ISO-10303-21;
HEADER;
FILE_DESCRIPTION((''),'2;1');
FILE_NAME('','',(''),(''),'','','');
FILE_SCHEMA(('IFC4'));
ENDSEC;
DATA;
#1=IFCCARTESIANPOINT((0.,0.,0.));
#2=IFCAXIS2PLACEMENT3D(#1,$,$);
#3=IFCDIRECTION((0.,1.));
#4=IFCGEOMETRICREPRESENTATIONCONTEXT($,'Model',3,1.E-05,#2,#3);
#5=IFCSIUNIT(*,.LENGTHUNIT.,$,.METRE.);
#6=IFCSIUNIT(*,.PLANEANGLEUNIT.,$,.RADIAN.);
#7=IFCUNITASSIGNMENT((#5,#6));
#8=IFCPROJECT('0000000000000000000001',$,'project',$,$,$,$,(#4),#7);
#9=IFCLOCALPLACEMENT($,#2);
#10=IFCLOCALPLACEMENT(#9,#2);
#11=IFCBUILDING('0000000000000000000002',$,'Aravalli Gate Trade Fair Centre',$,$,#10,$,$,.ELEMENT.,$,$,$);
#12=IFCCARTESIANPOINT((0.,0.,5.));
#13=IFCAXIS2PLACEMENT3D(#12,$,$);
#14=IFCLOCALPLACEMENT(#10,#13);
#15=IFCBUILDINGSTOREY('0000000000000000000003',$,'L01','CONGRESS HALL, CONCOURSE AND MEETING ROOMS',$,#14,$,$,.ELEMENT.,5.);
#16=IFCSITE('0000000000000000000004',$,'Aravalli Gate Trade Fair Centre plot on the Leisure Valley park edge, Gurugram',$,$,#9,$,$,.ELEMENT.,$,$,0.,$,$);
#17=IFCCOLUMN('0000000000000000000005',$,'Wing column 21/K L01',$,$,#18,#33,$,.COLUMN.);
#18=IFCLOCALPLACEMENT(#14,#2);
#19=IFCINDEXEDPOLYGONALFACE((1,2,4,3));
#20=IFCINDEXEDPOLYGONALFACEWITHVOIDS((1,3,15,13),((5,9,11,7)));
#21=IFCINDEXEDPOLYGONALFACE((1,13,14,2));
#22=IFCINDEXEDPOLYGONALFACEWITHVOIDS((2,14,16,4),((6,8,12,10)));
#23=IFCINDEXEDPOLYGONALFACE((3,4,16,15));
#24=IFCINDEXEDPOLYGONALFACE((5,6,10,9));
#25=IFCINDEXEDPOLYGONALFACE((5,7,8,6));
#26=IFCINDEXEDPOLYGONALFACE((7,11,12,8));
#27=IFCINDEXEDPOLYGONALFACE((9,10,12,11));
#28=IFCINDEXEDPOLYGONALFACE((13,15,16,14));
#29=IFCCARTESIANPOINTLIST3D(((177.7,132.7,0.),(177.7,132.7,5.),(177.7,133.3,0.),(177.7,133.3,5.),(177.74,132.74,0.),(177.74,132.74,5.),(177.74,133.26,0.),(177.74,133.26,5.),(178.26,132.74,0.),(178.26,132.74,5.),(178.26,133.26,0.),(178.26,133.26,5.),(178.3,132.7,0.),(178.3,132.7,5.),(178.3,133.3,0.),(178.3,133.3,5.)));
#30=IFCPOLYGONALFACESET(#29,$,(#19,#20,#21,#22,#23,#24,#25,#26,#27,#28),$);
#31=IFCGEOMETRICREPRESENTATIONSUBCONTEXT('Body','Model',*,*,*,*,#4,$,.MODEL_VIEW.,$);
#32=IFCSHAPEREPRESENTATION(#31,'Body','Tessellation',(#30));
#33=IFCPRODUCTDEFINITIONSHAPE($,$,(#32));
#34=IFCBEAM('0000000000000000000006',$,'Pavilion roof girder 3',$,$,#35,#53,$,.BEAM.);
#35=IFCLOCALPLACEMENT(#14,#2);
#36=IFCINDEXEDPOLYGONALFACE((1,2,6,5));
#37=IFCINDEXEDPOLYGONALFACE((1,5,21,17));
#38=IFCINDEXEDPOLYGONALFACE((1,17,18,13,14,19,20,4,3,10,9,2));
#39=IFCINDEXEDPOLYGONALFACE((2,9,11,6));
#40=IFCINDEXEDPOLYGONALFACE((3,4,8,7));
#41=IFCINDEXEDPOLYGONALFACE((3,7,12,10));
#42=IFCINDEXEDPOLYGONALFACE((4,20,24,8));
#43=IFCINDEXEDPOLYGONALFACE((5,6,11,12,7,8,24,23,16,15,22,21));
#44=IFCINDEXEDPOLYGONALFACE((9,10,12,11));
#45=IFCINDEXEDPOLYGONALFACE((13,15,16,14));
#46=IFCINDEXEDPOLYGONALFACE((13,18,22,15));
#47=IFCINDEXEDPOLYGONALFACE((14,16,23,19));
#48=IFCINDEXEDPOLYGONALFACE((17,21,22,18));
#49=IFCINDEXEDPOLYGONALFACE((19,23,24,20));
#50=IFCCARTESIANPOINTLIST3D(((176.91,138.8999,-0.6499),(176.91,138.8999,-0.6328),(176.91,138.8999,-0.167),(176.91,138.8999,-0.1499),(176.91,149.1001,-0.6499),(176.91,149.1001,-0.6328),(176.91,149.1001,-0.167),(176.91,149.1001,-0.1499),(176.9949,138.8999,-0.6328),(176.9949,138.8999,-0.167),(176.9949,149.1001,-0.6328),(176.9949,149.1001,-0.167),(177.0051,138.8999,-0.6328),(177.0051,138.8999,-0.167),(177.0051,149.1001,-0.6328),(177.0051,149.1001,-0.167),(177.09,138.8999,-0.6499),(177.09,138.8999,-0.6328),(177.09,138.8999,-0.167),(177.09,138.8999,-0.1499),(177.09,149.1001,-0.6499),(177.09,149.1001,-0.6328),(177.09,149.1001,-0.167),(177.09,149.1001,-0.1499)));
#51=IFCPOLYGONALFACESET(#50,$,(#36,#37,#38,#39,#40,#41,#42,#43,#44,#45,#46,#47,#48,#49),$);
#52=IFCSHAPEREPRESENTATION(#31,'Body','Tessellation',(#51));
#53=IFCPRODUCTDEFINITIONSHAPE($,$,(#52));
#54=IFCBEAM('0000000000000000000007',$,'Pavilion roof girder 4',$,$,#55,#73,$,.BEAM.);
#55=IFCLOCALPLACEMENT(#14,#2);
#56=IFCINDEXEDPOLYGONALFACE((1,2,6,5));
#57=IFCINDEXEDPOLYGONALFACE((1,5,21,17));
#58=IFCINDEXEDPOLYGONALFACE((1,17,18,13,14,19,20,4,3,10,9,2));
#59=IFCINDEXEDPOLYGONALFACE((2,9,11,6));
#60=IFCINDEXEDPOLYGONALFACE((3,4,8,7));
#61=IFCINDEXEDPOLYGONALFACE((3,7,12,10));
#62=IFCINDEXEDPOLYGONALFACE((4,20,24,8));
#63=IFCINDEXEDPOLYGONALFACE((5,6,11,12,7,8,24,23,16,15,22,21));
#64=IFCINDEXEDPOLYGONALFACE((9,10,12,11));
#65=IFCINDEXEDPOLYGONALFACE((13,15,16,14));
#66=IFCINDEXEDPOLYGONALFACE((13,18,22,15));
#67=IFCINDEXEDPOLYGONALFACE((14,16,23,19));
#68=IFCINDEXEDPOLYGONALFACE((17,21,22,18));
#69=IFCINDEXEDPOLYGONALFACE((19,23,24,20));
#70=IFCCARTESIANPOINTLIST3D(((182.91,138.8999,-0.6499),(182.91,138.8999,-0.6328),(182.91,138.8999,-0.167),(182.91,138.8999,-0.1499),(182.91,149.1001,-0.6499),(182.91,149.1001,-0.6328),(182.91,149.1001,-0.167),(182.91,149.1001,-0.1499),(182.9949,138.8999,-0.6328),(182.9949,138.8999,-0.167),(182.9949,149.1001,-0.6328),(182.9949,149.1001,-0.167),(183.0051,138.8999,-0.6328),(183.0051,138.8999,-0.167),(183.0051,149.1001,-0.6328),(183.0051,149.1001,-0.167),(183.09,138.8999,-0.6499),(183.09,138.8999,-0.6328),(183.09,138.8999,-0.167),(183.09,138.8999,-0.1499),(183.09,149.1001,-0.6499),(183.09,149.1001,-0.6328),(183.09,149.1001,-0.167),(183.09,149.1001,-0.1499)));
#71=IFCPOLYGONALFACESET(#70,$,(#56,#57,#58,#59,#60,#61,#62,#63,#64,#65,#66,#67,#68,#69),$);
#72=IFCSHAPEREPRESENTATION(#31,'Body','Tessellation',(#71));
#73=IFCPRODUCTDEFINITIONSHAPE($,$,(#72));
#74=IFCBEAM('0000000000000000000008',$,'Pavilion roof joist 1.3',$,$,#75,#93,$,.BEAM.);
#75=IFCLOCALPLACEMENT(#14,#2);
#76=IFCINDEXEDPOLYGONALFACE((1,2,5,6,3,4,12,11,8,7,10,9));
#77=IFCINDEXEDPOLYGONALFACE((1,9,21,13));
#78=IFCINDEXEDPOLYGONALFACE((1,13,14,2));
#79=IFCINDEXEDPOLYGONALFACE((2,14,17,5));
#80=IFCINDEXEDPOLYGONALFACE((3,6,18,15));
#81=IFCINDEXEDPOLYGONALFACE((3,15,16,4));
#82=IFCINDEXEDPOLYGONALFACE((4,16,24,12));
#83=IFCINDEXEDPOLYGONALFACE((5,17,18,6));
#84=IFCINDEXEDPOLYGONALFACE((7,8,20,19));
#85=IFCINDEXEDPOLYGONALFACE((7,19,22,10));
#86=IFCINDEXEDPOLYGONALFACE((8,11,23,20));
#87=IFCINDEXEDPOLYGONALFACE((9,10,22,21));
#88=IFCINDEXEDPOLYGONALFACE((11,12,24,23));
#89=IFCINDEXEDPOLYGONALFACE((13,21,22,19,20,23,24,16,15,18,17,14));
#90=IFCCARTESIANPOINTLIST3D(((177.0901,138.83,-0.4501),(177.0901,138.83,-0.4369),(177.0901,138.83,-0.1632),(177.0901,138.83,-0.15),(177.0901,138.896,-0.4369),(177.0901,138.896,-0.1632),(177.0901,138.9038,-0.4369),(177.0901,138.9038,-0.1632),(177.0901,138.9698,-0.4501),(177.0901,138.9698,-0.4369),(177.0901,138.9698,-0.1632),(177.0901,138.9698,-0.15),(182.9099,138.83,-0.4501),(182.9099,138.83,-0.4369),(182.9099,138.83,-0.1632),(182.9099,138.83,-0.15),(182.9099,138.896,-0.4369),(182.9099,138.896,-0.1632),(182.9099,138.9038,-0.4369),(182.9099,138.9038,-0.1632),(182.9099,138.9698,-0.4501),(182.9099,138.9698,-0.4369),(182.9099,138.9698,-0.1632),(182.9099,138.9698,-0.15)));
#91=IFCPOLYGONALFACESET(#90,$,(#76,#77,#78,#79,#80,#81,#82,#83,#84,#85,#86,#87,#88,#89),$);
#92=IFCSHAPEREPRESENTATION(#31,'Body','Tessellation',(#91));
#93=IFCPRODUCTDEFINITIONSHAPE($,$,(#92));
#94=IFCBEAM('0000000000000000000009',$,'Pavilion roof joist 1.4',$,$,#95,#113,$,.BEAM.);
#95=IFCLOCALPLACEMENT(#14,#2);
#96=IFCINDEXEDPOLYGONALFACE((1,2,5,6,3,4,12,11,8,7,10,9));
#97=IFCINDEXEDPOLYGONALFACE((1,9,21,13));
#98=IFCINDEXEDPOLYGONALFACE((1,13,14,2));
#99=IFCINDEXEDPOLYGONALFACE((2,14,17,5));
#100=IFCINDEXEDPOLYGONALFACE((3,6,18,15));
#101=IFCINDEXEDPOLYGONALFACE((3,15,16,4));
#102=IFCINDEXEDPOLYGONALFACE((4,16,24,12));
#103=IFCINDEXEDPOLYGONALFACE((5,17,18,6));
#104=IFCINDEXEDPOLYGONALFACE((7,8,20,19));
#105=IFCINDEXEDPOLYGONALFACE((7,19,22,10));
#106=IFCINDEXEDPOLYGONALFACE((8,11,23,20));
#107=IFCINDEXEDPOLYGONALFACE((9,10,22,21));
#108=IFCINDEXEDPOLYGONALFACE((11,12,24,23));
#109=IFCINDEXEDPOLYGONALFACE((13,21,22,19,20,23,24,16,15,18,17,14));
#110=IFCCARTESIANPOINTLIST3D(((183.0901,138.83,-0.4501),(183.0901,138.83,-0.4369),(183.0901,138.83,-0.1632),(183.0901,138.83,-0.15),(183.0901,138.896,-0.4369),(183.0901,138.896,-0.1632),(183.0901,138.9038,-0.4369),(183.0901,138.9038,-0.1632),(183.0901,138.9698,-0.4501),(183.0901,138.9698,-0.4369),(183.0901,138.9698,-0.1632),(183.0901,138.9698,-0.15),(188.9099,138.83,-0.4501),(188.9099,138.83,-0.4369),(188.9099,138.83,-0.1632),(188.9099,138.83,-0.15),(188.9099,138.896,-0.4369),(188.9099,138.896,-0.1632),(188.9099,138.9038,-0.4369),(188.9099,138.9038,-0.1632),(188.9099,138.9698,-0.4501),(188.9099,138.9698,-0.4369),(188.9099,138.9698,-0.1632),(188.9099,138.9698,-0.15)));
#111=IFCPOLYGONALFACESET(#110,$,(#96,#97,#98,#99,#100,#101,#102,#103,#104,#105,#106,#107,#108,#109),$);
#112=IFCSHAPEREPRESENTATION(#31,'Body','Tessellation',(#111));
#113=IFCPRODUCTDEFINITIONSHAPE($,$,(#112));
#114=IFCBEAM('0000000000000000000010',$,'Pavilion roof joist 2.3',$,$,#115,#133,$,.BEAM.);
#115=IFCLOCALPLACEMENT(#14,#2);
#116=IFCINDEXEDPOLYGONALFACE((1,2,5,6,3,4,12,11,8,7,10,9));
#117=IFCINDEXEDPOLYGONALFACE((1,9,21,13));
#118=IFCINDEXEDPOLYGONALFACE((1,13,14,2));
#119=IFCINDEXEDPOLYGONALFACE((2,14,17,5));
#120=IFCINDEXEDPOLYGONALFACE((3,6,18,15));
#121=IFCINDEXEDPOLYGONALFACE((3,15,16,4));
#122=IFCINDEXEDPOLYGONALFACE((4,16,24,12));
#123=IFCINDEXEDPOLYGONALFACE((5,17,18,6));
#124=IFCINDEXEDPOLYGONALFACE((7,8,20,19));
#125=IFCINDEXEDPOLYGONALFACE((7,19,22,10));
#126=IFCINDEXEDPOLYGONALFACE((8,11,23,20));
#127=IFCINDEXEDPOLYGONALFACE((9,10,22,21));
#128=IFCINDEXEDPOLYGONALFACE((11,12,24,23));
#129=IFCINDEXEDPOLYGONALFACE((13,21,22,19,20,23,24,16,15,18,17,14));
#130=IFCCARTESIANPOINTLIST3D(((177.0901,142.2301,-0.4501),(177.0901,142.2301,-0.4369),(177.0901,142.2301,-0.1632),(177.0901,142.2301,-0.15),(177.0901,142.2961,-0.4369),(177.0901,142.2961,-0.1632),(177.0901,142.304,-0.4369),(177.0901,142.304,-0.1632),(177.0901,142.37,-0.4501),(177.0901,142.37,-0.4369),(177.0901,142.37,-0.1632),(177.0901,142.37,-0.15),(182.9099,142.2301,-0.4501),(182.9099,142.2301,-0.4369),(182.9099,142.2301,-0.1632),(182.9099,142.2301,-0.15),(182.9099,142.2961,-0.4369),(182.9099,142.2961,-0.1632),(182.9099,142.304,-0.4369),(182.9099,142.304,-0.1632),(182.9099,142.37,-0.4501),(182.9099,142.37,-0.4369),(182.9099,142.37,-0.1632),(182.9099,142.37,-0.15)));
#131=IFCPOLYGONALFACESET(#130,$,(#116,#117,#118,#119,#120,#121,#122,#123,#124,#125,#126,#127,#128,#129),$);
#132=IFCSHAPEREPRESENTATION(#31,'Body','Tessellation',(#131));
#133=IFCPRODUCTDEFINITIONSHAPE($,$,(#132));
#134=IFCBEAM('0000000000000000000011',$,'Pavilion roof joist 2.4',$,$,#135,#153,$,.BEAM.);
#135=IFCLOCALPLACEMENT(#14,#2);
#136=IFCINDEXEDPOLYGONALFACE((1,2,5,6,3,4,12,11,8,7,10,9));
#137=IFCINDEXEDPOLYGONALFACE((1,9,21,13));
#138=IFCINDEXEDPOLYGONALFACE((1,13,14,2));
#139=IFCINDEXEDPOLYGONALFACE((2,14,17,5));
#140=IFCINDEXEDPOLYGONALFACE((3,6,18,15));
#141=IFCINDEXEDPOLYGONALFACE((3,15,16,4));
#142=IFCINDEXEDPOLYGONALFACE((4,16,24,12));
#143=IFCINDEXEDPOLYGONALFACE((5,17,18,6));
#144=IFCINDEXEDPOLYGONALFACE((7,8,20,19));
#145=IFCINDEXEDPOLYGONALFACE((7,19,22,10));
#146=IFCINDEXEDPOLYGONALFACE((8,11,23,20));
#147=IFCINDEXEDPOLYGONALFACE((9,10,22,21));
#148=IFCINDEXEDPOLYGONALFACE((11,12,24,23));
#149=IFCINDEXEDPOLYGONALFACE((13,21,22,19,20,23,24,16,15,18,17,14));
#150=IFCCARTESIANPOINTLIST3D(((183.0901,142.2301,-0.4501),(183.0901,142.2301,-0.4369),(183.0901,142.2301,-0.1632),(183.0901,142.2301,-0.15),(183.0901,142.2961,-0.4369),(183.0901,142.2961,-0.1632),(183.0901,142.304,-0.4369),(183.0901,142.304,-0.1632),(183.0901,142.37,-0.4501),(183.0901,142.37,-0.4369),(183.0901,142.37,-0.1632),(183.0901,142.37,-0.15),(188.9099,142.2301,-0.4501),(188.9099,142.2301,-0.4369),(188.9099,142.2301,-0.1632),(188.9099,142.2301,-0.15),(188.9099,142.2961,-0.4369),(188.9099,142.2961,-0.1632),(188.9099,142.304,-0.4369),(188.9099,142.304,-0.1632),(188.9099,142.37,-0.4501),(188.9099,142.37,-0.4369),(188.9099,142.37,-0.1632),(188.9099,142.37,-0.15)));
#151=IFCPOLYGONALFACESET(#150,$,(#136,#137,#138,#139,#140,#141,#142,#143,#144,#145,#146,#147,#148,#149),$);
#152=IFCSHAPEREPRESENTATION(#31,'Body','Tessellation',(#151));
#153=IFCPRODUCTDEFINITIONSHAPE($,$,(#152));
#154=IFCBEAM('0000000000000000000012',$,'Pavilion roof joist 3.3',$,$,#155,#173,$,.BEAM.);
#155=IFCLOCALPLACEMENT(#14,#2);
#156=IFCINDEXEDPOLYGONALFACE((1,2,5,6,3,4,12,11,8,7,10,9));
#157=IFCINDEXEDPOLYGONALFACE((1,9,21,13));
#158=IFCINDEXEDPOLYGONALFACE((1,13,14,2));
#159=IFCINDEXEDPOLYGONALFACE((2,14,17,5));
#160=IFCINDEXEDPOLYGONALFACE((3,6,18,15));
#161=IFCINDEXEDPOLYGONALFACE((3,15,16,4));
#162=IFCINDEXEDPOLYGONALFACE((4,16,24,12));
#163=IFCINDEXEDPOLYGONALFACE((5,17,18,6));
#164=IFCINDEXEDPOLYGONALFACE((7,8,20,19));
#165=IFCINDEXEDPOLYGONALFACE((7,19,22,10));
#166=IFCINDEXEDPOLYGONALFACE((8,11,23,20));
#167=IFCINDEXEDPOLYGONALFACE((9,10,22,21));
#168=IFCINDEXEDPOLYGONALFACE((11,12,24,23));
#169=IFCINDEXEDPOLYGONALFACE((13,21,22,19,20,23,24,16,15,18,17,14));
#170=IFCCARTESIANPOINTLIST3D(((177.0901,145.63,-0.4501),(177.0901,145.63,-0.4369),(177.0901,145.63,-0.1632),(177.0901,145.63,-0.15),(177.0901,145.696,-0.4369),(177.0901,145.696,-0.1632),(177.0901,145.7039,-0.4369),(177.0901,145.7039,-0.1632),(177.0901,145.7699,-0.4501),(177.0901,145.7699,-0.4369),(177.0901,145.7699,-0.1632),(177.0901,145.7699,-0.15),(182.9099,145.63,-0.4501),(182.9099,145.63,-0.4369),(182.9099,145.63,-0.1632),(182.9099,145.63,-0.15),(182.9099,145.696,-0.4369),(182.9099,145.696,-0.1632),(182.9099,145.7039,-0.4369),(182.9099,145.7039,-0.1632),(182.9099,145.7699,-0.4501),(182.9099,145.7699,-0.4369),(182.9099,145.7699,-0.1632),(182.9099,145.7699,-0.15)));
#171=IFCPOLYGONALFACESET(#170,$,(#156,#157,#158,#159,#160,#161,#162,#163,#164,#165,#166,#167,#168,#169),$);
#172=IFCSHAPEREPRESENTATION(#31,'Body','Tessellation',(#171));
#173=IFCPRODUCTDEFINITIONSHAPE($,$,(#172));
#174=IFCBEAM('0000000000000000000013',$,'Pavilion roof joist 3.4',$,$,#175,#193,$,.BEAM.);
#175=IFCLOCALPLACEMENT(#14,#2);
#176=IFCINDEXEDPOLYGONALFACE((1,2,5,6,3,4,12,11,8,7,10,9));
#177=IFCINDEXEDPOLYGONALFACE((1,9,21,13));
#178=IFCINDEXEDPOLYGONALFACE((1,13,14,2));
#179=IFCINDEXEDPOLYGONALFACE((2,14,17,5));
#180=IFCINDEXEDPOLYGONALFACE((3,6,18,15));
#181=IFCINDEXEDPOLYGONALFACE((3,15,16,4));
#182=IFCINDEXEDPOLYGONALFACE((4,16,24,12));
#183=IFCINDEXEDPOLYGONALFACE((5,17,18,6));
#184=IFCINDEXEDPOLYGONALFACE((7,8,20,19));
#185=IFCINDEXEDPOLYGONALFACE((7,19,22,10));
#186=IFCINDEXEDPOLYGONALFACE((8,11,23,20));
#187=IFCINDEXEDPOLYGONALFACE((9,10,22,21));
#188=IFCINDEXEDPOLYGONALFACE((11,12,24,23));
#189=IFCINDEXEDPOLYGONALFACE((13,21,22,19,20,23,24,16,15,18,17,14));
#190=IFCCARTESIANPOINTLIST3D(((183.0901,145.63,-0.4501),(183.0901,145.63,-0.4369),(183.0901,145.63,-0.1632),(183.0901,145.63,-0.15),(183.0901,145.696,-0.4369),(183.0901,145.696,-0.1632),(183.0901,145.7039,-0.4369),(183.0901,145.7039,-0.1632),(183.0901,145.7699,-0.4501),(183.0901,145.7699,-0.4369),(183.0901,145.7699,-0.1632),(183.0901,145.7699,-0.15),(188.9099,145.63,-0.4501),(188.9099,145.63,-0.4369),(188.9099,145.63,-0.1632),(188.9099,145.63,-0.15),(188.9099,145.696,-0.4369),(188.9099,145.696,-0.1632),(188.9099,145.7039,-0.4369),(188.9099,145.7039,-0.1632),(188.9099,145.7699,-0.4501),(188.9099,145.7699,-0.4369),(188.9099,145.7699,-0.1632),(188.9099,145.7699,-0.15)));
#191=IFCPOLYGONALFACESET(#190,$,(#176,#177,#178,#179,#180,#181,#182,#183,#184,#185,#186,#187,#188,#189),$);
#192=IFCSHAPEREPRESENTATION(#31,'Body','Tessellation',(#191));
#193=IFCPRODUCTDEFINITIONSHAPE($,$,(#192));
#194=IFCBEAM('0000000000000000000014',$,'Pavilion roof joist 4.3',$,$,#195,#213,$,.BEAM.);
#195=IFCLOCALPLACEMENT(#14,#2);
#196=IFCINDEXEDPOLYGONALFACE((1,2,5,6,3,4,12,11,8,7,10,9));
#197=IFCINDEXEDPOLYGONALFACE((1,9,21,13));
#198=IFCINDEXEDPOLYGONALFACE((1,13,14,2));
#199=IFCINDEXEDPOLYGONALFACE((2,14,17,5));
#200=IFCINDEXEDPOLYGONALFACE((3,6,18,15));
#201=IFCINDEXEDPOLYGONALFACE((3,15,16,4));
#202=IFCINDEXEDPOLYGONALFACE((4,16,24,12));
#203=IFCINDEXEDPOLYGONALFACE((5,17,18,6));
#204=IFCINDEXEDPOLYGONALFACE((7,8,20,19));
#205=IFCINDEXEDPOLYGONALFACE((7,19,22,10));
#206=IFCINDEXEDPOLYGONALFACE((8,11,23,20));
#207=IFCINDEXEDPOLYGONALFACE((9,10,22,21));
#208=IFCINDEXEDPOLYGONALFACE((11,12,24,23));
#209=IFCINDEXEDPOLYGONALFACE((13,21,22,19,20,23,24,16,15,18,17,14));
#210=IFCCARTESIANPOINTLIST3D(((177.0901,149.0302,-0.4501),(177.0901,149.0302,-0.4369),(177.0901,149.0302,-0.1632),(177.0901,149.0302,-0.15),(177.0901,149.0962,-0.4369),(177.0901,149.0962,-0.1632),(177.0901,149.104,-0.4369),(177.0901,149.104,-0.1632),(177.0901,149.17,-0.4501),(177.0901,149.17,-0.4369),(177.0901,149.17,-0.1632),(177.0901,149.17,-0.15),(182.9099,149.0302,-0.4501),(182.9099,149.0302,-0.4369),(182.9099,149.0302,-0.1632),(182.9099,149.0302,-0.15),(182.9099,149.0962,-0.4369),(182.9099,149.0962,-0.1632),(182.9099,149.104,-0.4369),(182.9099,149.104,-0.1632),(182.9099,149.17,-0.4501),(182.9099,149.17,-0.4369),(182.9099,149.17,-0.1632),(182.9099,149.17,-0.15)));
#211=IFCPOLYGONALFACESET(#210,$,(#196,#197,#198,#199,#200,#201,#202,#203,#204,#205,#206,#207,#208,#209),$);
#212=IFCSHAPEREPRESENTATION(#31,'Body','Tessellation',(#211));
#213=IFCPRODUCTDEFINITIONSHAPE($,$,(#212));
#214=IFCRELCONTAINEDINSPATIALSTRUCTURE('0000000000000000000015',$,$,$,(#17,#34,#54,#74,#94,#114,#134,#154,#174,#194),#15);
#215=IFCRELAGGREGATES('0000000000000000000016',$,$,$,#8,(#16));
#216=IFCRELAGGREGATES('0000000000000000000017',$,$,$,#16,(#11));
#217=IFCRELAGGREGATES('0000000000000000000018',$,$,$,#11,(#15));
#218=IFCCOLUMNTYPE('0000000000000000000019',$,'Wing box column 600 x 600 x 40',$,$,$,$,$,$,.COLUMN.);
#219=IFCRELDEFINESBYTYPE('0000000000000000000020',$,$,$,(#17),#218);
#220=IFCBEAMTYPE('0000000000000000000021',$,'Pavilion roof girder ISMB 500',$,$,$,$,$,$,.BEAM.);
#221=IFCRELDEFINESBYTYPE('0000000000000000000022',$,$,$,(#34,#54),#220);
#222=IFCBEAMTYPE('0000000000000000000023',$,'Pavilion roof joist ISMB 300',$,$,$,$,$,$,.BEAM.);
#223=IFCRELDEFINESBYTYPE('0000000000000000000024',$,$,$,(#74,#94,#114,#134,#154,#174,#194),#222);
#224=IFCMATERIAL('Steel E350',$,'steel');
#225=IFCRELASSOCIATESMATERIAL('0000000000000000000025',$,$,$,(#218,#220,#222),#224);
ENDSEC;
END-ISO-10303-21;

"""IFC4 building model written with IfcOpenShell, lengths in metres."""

from ifc_helpers import new_model, si_unit, direction, frame, origin, origin_2d, place, context, subcontext, project, spatial, hollow_rectangle, i_section, extrude, material, material_profile, profile_set, type_object, element, save


model = new_model("IFC4")

# Units and contexts
model_context = context("Model", 3, precision=1e-05, world=origin(), true_north=direction((0.0, 1.0)))
body_context = subcontext(model_context, "Body", "Model", "MODEL_VIEW")
ifc_project = project(units=[si_unit("LENGTHUNIT", "METRE"), si_unit("PLANEANGLEUNIT", "RADIAN")], contexts=[model_context])

# Site, building, storey
site_placement = place(None, origin())
site = spatial("IfcSite", under=ifc_project, at=site_placement, Name="Aravalli Gate Trade Fair Centre plot on the Leisure Valley park edge, Gurugram", CompositionType="ELEMENT", RefElevation=0.0)
building_placement = place(site_placement, origin())
building = spatial("IfcBuilding", under=site, at=building_placement, Name="Aravalli Gate Trade Fair Centre", CompositionType="ELEMENT")
storey_placement = place(building_placement, frame((0.0, 0.0, 5.0)))
storey = spatial("IfcBuildingStorey", under=building, at=storey_placement, Name="L01", Description="CONGRESS HALL, CONCOURSE AND MEETING ROOMS", CompositionType="ELEMENT", Elevation=5.0)

# Column
ifc_material_1 = material(Name="Steel E350", Category="steel")
ifc_material_profile_1 = material_profile(ifc_material_1, hollow_rectangle(XDim=0.6001, YDim=0.6001, WallThickness=0.04, at=origin_2d()), Name="BOX 600x600x40")
ifc_profile_set_1 = profile_set([ifc_material_profile_1], Name="Steel E350")
column_type = type_object("IfcColumnType", Name="Wing box column 600 x 600 x 40", PredefinedType="COLUMN", material=ifc_profile_set_1)
column_placement = place(storey_placement, frame((178.0, 133.0, 0.0), z_axis=(0.0, 0.0, 1.0), x_axis=(1.0, 0.0, 0.0)))
element("IfcColumn", 1, at=column_placement, inside=storey, type_object=column_type, Name="Wing column 21/K L01", PredefinedType="COLUMN", context=body_context, shape_type="SweptSolid", body=[
    extrude(hollow_rectangle(XDim=0.6001, YDim=0.6001, WallThickness=0.04, at=origin_2d()), origin(), (0.0, 0.0, 1.0), 5.0),
])

# Beams
ifc_material_profile_2 = material_profile(ifc_material_1, i_section(OverallWidth=0.1799, OverallDepth=0.5, WebThickness=0.0103, FlangeThickness=0.0171, at=origin_2d()), Name="ISMB 500")
ifc_profile_set_2 = profile_set([ifc_material_profile_2], Name="Steel E350")
beam_type_1 = type_object("IfcBeamType", Name="Pavilion roof girder ISMB 500", PredefinedType="BEAM", material=ifc_profile_set_2)
for number, where, z_axis, x_axis, name in (
    (2, (177.0, 138.8999, -0.3999), (0.0, 1.0, 0.0), (-1.0, 0.0, 0.0), "Pavilion roof girder 3"),
    (3, (183.0, 138.8999, -0.3999), (0.0, 1.0, 0.0), (-1.0, 0.0, 0.0), "Pavilion roof girder 4"),
):
    element("IfcBeam", number, at=place(storey_placement, frame(where, z_axis=z_axis, x_axis=x_axis)), inside=storey, type_object=beam_type_1, Name=name, PredefinedType="BEAM", context=body_context, shape_type="SweptSolid", body=[
        extrude(i_section(OverallWidth=0.1799, OverallDepth=0.5, WebThickness=0.0103, FlangeThickness=0.0171, at=origin_2d()), origin(), (0.0, 0.0, 1.0), 10.2002),
    ])
ifc_material_profile_3 = material_profile(ifc_material_1, i_section(OverallWidth=0.1399, OverallDepth=0.3, WebThickness=0.0078, FlangeThickness=0.0132, at=origin_2d()), Name="ISMB 300")
ifc_profile_set_3 = profile_set([ifc_material_profile_3], Name="Steel E350")
beam_type_2 = type_object("IfcBeamType", Name="Pavilion roof joist ISMB 300", PredefinedType="BEAM", material=ifc_profile_set_3)
for number, where, z_axis, x_axis, name in (
    (4, (177.0901, 138.8999, -0.3), (1.0, 0.0, 0.0), (0.0, 1.0, 0.0), "Pavilion roof joist 1.3"),
    (5, (183.0901, 138.8999, -0.3), (1.0, 0.0, 0.0), (0.0, 1.0, 0.0), "Pavilion roof joist 1.4"),
    (6, (177.0901, 142.3, -0.3), (1.0, 0.0, 0.0), (0.0, 1.0, 0.0), "Pavilion roof joist 2.3"),
    (7, (183.0901, 142.3, -0.3), (1.0, 0.0, 0.0), (0.0, 1.0, 0.0), "Pavilion roof joist 2.4"),
    (8, (177.0901, 145.7, -0.3), (1.0, 0.0, 0.0), (0.0, 1.0, 0.0), "Pavilion roof joist 3.3"),
    (9, (183.0901, 145.7, -0.3), (1.0, 0.0, 0.0), (0.0, 1.0, 0.0), "Pavilion roof joist 3.4"),
    (10, (177.0901, 149.1001, -0.3), (1.0, 0.0, 0.0), (0.0, 1.0, 0.0), "Pavilion roof joist 4.3"),
):
    element("IfcBeam", number, at=place(storey_placement, frame(where, z_axis=z_axis, x_axis=x_axis)), inside=storey, type_object=beam_type_2, Name=name, PredefinedType="BEAM", context=body_context, shape_type="SweptSolid", body=[
        extrude(i_section(OverallWidth=0.1399, OverallDepth=0.3, WebThickness=0.0078, FlangeThickness=0.0132, at=origin_2d()), origin(), (0.0, 0.0, 1.0), 5.8198),
    ])

save(model, "model.ifc")
